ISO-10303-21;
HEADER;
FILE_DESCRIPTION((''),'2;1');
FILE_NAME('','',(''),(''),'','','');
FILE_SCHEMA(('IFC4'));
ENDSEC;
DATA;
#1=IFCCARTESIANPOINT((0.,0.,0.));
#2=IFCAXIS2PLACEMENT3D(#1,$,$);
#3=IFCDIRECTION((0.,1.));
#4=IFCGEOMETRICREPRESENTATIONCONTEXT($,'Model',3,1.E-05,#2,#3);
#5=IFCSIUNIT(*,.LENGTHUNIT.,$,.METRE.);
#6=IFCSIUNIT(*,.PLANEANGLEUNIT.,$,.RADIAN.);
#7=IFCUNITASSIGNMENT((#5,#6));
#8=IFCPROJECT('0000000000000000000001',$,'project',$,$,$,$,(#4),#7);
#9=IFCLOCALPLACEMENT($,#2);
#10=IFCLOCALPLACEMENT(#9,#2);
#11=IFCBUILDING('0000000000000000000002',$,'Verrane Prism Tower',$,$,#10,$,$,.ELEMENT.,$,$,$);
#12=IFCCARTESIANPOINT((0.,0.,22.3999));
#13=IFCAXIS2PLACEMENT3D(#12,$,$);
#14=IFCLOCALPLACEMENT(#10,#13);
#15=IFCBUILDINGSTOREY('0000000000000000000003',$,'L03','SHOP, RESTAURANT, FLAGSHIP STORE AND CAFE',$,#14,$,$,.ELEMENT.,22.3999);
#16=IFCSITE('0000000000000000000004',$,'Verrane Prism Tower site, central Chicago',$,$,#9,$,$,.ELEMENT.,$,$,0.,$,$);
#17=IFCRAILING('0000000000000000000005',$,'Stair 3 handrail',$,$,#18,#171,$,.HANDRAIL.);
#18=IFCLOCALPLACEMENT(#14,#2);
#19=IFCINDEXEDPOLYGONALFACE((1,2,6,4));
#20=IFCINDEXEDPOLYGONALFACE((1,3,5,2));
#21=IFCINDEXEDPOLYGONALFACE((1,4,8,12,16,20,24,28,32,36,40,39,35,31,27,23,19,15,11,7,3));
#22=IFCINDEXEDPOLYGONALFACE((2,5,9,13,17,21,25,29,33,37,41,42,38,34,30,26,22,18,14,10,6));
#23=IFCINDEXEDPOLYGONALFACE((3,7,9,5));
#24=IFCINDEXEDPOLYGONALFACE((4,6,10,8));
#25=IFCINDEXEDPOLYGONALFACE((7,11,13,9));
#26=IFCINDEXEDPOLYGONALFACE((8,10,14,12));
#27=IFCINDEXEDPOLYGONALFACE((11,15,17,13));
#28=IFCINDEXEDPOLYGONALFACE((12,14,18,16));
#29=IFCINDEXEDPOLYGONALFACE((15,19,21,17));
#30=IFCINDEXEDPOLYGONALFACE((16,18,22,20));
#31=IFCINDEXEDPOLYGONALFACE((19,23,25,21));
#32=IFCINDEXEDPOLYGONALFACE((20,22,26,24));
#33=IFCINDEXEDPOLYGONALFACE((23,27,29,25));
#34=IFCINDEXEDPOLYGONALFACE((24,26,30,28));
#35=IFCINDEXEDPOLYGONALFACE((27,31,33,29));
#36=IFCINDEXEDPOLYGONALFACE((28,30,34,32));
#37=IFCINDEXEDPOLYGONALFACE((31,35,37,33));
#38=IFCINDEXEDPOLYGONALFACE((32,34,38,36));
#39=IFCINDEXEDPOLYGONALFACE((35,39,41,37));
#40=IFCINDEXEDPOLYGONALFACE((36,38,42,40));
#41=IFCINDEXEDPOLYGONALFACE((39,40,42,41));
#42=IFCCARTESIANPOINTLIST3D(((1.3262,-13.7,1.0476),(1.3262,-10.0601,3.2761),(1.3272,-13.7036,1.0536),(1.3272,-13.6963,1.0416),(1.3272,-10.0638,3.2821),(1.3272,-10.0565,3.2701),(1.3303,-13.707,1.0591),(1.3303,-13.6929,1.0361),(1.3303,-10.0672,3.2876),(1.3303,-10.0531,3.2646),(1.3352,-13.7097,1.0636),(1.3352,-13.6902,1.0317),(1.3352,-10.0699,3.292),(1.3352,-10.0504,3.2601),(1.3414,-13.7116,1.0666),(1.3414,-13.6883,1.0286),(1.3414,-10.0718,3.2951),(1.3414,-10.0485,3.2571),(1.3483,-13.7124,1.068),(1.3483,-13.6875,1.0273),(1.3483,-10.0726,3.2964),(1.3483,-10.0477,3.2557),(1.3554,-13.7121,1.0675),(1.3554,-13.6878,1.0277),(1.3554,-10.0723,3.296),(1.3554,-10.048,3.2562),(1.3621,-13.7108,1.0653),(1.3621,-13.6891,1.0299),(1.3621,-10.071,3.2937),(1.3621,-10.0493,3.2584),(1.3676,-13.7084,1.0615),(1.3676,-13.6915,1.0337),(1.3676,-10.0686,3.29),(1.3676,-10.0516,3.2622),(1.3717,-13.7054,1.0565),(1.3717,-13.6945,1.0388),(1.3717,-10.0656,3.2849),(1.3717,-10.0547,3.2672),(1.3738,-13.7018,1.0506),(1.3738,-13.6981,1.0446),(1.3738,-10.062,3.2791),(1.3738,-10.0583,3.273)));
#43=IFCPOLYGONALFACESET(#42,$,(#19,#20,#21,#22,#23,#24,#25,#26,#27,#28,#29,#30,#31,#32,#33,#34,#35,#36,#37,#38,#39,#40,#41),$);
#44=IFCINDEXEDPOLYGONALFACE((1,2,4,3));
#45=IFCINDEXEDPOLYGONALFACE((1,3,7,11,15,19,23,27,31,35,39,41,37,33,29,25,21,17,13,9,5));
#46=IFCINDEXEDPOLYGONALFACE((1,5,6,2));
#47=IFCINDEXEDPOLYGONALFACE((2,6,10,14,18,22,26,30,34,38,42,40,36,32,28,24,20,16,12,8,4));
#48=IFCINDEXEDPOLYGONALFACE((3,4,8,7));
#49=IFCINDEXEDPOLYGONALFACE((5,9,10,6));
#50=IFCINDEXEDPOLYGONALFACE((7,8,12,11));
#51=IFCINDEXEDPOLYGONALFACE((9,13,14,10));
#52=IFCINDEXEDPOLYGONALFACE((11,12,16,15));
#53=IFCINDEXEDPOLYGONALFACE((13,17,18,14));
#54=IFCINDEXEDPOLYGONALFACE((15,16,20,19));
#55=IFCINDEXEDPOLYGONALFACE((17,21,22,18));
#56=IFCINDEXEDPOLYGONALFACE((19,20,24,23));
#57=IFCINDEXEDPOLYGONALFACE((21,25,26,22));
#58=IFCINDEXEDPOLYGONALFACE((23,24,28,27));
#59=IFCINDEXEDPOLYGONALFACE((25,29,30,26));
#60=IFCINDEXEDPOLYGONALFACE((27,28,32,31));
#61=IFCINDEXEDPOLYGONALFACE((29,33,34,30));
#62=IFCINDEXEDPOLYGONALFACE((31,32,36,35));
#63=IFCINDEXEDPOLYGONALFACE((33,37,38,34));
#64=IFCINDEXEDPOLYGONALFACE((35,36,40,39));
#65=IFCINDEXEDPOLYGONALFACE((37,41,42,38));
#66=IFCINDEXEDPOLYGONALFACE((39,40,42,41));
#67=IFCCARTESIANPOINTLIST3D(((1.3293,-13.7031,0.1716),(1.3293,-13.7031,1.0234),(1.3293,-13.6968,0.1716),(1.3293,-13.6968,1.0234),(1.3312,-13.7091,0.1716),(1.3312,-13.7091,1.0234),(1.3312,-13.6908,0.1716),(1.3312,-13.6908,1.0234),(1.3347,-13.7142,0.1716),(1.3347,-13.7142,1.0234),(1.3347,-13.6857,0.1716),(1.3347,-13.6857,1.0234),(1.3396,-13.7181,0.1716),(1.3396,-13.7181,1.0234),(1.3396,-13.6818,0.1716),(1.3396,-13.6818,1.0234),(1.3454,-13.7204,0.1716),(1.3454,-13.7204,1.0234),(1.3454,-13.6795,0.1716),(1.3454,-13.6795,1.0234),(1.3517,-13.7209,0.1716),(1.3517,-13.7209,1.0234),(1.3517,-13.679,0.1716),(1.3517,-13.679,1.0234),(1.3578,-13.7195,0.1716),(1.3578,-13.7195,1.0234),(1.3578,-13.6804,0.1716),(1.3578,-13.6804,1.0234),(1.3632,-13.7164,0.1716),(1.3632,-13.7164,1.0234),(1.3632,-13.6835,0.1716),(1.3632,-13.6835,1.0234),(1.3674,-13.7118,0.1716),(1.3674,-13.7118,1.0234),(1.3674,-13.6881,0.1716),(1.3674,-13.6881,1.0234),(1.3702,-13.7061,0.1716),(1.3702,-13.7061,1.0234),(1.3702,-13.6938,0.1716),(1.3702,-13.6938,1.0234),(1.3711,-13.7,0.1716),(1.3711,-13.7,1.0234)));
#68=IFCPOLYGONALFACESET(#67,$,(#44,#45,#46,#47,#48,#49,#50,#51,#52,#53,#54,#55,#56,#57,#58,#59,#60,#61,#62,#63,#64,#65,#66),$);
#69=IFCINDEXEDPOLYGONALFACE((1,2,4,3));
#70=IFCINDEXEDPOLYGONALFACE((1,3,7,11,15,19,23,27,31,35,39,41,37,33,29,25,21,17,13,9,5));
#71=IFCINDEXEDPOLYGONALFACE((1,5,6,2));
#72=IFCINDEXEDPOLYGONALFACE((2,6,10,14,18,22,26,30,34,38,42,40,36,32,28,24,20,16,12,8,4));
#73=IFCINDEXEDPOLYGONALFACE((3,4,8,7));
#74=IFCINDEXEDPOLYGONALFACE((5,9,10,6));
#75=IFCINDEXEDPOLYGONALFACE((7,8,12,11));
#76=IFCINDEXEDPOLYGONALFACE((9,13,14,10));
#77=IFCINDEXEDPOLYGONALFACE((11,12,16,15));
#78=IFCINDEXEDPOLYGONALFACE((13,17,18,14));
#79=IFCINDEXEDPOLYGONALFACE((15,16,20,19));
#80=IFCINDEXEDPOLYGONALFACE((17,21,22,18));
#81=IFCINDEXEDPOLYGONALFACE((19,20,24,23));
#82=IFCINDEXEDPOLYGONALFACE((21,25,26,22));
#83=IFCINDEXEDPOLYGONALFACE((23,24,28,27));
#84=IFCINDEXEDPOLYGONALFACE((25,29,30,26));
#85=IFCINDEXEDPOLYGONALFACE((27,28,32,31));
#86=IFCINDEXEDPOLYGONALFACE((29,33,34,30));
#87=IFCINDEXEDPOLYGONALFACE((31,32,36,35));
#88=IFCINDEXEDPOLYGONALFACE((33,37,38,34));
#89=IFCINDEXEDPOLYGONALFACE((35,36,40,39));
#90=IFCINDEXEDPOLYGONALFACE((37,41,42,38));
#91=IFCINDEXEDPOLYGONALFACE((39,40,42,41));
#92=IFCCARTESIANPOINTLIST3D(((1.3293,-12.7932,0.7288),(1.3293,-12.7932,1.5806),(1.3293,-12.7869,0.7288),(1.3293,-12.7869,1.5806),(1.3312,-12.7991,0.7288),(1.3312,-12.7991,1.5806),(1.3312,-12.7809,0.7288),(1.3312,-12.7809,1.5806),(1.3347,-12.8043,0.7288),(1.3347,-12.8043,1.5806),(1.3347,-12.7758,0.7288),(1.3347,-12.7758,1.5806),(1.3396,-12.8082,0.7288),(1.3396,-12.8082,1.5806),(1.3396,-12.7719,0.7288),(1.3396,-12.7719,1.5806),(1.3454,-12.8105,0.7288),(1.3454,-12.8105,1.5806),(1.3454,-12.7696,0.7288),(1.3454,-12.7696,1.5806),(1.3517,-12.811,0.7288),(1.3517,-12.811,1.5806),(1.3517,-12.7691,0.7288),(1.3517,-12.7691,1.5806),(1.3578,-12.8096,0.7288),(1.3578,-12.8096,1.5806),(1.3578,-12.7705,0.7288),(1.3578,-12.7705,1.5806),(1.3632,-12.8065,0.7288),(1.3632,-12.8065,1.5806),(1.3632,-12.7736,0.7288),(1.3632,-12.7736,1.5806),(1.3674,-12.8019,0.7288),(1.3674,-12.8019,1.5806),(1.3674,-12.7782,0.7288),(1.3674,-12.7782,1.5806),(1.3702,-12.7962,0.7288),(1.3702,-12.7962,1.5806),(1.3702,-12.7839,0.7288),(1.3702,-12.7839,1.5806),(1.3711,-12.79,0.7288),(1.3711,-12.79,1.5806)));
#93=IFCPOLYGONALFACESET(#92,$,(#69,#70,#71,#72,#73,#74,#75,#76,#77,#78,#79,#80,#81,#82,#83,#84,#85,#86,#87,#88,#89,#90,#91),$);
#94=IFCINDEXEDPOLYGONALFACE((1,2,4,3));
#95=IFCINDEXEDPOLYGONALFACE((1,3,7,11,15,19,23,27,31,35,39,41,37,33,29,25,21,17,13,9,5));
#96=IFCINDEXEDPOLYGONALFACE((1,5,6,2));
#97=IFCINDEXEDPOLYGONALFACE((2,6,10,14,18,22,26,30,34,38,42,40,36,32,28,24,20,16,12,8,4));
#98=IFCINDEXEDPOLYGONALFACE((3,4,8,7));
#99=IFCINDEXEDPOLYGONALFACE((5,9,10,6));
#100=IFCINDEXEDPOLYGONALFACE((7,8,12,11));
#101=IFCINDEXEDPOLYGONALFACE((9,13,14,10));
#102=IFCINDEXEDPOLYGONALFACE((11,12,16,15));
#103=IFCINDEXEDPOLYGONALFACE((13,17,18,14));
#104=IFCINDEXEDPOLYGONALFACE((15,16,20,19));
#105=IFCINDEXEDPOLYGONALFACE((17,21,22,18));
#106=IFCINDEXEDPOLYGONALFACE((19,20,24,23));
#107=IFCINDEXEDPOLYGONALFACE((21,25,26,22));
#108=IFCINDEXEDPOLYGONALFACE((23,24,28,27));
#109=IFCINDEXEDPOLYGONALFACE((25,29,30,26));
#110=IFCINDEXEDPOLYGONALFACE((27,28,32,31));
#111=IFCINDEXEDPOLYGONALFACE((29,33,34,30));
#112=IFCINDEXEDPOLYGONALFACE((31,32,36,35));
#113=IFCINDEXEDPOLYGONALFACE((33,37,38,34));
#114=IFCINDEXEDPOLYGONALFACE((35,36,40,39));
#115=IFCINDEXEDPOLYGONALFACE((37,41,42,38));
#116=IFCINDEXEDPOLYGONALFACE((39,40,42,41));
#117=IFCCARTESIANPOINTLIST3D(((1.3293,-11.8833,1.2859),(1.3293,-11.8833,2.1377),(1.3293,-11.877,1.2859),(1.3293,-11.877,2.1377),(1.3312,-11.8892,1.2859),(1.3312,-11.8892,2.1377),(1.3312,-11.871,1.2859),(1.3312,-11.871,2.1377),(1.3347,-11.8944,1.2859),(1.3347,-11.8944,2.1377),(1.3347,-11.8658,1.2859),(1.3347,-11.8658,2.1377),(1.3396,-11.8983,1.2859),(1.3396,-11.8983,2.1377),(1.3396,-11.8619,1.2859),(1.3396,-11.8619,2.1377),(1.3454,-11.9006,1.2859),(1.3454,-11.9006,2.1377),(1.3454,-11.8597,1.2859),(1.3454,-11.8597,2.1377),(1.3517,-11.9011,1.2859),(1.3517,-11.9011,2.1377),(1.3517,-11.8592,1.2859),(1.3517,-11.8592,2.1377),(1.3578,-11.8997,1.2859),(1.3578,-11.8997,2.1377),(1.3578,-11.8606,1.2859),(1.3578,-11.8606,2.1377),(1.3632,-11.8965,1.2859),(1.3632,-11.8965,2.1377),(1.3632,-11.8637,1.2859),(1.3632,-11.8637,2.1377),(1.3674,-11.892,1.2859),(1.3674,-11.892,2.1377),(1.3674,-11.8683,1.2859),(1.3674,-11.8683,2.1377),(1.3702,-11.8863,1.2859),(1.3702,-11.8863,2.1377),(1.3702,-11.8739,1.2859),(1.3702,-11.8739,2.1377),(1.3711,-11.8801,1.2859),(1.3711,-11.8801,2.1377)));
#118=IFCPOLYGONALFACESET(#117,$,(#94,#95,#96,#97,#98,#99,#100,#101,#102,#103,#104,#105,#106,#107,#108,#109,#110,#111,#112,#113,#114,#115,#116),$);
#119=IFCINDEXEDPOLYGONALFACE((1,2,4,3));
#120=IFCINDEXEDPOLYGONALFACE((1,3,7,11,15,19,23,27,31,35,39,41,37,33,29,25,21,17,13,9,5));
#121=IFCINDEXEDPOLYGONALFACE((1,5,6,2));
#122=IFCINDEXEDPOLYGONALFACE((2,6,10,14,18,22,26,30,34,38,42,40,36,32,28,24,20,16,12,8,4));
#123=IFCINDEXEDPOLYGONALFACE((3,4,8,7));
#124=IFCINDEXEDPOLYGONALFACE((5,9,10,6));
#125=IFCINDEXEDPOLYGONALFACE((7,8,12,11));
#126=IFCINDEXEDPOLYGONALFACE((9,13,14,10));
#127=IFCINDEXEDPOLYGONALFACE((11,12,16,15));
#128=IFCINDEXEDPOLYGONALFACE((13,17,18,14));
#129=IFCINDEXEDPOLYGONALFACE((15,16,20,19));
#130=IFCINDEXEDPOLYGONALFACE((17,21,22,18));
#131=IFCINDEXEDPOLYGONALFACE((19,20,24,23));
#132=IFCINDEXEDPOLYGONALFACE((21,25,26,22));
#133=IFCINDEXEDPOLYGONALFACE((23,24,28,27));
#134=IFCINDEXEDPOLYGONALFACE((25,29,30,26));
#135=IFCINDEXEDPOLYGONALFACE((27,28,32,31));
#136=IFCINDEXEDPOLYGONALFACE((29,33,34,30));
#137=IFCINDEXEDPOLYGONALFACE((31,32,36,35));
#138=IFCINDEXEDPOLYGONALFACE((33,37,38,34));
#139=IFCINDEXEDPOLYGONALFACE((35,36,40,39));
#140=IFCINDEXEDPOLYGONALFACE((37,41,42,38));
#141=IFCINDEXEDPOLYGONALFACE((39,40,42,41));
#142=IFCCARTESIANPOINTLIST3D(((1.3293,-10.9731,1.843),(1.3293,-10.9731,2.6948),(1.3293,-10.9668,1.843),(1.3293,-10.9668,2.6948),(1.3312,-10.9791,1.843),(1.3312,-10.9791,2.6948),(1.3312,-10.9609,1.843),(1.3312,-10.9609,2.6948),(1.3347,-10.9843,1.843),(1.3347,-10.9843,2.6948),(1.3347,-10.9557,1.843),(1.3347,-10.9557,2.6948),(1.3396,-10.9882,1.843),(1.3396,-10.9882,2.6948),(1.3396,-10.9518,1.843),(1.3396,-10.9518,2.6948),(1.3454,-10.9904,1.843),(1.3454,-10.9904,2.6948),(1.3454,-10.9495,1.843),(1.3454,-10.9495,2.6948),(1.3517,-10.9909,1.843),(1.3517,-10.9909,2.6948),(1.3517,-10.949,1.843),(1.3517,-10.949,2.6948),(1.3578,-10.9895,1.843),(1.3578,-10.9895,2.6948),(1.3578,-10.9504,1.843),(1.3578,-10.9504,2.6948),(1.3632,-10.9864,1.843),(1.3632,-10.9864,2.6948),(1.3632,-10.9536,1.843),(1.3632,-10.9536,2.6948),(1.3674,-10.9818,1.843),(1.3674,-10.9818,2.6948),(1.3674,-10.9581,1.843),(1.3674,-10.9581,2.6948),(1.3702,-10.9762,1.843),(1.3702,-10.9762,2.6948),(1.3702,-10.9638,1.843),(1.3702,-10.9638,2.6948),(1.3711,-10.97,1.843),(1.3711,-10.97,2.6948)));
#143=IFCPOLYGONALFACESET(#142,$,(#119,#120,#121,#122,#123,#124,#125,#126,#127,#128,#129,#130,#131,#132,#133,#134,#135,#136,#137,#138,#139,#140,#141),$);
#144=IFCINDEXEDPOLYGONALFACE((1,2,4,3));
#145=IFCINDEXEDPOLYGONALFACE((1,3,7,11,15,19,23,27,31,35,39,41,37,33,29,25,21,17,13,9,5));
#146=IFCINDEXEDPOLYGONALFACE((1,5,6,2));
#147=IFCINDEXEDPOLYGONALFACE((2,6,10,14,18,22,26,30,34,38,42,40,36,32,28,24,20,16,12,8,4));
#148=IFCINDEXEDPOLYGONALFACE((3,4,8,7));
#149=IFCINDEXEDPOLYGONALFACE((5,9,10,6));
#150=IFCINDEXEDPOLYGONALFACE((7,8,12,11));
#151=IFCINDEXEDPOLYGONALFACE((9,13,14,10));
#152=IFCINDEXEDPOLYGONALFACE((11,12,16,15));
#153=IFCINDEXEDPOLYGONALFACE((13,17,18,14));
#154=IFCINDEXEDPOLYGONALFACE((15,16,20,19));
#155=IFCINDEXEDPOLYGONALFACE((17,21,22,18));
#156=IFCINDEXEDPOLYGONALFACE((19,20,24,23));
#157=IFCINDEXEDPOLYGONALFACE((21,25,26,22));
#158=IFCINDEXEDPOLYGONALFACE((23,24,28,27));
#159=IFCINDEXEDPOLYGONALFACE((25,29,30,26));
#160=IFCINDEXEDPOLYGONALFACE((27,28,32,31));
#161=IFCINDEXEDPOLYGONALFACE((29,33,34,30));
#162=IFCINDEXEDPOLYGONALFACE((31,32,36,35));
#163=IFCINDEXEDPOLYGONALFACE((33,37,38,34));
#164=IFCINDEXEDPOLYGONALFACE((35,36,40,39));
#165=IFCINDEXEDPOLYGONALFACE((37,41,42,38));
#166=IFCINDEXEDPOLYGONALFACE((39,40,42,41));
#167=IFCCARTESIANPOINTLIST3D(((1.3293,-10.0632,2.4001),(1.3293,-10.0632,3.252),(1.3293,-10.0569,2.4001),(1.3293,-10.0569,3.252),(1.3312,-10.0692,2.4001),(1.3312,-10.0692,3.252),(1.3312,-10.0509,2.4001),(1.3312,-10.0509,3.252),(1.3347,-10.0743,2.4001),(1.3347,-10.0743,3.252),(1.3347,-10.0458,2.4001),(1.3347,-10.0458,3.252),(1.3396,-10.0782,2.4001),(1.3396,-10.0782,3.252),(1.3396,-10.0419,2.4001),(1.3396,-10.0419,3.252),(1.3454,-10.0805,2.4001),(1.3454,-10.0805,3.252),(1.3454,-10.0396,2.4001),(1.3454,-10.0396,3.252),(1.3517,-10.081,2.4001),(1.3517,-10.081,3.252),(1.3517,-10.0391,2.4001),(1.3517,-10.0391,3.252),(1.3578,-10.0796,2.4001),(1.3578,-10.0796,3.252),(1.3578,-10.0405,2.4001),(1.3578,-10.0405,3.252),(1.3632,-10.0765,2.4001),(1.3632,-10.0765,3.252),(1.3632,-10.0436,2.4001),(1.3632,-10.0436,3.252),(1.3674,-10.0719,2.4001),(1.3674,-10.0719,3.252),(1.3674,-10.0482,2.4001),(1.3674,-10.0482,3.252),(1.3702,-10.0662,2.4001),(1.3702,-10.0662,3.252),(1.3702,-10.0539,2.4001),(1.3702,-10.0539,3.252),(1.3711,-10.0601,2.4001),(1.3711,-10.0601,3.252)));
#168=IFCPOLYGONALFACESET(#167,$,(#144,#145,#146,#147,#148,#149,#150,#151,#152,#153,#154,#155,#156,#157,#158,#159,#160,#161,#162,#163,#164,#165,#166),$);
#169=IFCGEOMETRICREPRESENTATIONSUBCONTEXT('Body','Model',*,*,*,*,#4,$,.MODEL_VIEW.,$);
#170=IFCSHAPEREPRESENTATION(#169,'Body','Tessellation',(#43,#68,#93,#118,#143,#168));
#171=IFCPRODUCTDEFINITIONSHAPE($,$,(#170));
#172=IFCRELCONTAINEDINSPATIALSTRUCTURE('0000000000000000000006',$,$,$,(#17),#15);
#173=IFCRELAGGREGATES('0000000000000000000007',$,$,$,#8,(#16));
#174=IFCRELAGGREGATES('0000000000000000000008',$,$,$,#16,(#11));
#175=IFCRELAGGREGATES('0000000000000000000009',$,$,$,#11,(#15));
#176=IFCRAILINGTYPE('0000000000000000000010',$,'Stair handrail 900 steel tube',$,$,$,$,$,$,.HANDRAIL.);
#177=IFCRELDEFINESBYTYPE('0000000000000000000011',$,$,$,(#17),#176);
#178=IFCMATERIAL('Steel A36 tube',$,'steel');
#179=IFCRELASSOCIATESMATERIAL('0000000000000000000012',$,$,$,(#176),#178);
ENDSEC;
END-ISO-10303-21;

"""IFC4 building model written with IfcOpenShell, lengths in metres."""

from ifc_helpers import new_model, si_unit, direction, frame, origin, origin_2d, place, context, subcontext, project, spatial, circle, extrude, material, type_object, element, save


model = new_model("IFC4")

# Units and contexts
model_context = context("Model", 3, precision=1e-05, world=origin(), true_north=direction((0.0, 1.0)))
body_context = subcontext(model_context, "Body", "Model", "MODEL_VIEW")
ifc_project = project(units=[si_unit("LENGTHUNIT", "METRE"), si_unit("PLANEANGLEUNIT", "RADIAN")], contexts=[model_context])

# Site, building, storey
site_placement = place(None, origin())
site = spatial("IfcSite", under=ifc_project, at=site_placement, Name="Verrane Prism Tower site, central Chicago", CompositionType="ELEMENT", RefElevation=0.0)
building_placement = place(site_placement, origin())
building = spatial("IfcBuilding", under=site, at=building_placement, Name="Verrane Prism Tower", CompositionType="ELEMENT")
storey_placement = place(building_placement, frame((0.0, 0.0, 22.3999)))
storey = spatial("IfcBuildingStorey", under=building, at=storey_placement, Name="L03", Description="SHOP, RESTAURANT, FLAGSHIP STORE AND CAFE", CompositionType="ELEMENT", Elevation=22.3999)

# Railing
ifc_material_1 = material(Name="Steel A36 tube", Category="steel")
railing_type_1 = type_object("IfcRailingType", Name="Stair handrail 900 steel tube", PredefinedType="HANDRAIL", material=ifc_material_1)
railing_1_placement = place(storey_placement, frame((1.3501, -13.7, 0.1716)))
element("IfcRailing", 1, at=railing_1_placement, inside=storey, type_object=railing_type_1, Name="Stair 3 handrail", PredefinedType="HANDRAIL", context=body_context, shape_type="SweptSolid", body=[
    extrude(circle(Radius=0.0239, at=origin_2d()), frame((0.0, 0.0, 0.876), z_axis=(0.0, 0.85285, 0.522156), x_axis=(-1.0, 0.0, 0.0)), (0.0, 0.0, 1.0), 4.2678),
    extrude(circle(Radius=0.021, at=origin_2d()), origin(), (0.0, 0.0, 1.0), 0.8518),
    extrude(circle(Radius=0.021, at=origin_2d()), frame((0.0, 0.9099, 0.5571)), (0.0, 0.0, 1.0), 0.8518),
    extrude(circle(Radius=0.021, at=origin_2d()), frame((0.0, 1.8198, 1.1143)), (0.0, 0.0, 1.0), 0.8518),
    extrude(circle(Radius=0.021, at=origin_2d()), frame((0.0, 2.73, 1.6714)), (0.0, 0.0, 1.0), 0.8518),
    extrude(circle(Radius=0.021, at=origin_2d()), frame((0.0, 3.6399, 2.2285)), (0.0, 0.0, 1.0), 0.8518),
])

save(model, "model.ifc")
